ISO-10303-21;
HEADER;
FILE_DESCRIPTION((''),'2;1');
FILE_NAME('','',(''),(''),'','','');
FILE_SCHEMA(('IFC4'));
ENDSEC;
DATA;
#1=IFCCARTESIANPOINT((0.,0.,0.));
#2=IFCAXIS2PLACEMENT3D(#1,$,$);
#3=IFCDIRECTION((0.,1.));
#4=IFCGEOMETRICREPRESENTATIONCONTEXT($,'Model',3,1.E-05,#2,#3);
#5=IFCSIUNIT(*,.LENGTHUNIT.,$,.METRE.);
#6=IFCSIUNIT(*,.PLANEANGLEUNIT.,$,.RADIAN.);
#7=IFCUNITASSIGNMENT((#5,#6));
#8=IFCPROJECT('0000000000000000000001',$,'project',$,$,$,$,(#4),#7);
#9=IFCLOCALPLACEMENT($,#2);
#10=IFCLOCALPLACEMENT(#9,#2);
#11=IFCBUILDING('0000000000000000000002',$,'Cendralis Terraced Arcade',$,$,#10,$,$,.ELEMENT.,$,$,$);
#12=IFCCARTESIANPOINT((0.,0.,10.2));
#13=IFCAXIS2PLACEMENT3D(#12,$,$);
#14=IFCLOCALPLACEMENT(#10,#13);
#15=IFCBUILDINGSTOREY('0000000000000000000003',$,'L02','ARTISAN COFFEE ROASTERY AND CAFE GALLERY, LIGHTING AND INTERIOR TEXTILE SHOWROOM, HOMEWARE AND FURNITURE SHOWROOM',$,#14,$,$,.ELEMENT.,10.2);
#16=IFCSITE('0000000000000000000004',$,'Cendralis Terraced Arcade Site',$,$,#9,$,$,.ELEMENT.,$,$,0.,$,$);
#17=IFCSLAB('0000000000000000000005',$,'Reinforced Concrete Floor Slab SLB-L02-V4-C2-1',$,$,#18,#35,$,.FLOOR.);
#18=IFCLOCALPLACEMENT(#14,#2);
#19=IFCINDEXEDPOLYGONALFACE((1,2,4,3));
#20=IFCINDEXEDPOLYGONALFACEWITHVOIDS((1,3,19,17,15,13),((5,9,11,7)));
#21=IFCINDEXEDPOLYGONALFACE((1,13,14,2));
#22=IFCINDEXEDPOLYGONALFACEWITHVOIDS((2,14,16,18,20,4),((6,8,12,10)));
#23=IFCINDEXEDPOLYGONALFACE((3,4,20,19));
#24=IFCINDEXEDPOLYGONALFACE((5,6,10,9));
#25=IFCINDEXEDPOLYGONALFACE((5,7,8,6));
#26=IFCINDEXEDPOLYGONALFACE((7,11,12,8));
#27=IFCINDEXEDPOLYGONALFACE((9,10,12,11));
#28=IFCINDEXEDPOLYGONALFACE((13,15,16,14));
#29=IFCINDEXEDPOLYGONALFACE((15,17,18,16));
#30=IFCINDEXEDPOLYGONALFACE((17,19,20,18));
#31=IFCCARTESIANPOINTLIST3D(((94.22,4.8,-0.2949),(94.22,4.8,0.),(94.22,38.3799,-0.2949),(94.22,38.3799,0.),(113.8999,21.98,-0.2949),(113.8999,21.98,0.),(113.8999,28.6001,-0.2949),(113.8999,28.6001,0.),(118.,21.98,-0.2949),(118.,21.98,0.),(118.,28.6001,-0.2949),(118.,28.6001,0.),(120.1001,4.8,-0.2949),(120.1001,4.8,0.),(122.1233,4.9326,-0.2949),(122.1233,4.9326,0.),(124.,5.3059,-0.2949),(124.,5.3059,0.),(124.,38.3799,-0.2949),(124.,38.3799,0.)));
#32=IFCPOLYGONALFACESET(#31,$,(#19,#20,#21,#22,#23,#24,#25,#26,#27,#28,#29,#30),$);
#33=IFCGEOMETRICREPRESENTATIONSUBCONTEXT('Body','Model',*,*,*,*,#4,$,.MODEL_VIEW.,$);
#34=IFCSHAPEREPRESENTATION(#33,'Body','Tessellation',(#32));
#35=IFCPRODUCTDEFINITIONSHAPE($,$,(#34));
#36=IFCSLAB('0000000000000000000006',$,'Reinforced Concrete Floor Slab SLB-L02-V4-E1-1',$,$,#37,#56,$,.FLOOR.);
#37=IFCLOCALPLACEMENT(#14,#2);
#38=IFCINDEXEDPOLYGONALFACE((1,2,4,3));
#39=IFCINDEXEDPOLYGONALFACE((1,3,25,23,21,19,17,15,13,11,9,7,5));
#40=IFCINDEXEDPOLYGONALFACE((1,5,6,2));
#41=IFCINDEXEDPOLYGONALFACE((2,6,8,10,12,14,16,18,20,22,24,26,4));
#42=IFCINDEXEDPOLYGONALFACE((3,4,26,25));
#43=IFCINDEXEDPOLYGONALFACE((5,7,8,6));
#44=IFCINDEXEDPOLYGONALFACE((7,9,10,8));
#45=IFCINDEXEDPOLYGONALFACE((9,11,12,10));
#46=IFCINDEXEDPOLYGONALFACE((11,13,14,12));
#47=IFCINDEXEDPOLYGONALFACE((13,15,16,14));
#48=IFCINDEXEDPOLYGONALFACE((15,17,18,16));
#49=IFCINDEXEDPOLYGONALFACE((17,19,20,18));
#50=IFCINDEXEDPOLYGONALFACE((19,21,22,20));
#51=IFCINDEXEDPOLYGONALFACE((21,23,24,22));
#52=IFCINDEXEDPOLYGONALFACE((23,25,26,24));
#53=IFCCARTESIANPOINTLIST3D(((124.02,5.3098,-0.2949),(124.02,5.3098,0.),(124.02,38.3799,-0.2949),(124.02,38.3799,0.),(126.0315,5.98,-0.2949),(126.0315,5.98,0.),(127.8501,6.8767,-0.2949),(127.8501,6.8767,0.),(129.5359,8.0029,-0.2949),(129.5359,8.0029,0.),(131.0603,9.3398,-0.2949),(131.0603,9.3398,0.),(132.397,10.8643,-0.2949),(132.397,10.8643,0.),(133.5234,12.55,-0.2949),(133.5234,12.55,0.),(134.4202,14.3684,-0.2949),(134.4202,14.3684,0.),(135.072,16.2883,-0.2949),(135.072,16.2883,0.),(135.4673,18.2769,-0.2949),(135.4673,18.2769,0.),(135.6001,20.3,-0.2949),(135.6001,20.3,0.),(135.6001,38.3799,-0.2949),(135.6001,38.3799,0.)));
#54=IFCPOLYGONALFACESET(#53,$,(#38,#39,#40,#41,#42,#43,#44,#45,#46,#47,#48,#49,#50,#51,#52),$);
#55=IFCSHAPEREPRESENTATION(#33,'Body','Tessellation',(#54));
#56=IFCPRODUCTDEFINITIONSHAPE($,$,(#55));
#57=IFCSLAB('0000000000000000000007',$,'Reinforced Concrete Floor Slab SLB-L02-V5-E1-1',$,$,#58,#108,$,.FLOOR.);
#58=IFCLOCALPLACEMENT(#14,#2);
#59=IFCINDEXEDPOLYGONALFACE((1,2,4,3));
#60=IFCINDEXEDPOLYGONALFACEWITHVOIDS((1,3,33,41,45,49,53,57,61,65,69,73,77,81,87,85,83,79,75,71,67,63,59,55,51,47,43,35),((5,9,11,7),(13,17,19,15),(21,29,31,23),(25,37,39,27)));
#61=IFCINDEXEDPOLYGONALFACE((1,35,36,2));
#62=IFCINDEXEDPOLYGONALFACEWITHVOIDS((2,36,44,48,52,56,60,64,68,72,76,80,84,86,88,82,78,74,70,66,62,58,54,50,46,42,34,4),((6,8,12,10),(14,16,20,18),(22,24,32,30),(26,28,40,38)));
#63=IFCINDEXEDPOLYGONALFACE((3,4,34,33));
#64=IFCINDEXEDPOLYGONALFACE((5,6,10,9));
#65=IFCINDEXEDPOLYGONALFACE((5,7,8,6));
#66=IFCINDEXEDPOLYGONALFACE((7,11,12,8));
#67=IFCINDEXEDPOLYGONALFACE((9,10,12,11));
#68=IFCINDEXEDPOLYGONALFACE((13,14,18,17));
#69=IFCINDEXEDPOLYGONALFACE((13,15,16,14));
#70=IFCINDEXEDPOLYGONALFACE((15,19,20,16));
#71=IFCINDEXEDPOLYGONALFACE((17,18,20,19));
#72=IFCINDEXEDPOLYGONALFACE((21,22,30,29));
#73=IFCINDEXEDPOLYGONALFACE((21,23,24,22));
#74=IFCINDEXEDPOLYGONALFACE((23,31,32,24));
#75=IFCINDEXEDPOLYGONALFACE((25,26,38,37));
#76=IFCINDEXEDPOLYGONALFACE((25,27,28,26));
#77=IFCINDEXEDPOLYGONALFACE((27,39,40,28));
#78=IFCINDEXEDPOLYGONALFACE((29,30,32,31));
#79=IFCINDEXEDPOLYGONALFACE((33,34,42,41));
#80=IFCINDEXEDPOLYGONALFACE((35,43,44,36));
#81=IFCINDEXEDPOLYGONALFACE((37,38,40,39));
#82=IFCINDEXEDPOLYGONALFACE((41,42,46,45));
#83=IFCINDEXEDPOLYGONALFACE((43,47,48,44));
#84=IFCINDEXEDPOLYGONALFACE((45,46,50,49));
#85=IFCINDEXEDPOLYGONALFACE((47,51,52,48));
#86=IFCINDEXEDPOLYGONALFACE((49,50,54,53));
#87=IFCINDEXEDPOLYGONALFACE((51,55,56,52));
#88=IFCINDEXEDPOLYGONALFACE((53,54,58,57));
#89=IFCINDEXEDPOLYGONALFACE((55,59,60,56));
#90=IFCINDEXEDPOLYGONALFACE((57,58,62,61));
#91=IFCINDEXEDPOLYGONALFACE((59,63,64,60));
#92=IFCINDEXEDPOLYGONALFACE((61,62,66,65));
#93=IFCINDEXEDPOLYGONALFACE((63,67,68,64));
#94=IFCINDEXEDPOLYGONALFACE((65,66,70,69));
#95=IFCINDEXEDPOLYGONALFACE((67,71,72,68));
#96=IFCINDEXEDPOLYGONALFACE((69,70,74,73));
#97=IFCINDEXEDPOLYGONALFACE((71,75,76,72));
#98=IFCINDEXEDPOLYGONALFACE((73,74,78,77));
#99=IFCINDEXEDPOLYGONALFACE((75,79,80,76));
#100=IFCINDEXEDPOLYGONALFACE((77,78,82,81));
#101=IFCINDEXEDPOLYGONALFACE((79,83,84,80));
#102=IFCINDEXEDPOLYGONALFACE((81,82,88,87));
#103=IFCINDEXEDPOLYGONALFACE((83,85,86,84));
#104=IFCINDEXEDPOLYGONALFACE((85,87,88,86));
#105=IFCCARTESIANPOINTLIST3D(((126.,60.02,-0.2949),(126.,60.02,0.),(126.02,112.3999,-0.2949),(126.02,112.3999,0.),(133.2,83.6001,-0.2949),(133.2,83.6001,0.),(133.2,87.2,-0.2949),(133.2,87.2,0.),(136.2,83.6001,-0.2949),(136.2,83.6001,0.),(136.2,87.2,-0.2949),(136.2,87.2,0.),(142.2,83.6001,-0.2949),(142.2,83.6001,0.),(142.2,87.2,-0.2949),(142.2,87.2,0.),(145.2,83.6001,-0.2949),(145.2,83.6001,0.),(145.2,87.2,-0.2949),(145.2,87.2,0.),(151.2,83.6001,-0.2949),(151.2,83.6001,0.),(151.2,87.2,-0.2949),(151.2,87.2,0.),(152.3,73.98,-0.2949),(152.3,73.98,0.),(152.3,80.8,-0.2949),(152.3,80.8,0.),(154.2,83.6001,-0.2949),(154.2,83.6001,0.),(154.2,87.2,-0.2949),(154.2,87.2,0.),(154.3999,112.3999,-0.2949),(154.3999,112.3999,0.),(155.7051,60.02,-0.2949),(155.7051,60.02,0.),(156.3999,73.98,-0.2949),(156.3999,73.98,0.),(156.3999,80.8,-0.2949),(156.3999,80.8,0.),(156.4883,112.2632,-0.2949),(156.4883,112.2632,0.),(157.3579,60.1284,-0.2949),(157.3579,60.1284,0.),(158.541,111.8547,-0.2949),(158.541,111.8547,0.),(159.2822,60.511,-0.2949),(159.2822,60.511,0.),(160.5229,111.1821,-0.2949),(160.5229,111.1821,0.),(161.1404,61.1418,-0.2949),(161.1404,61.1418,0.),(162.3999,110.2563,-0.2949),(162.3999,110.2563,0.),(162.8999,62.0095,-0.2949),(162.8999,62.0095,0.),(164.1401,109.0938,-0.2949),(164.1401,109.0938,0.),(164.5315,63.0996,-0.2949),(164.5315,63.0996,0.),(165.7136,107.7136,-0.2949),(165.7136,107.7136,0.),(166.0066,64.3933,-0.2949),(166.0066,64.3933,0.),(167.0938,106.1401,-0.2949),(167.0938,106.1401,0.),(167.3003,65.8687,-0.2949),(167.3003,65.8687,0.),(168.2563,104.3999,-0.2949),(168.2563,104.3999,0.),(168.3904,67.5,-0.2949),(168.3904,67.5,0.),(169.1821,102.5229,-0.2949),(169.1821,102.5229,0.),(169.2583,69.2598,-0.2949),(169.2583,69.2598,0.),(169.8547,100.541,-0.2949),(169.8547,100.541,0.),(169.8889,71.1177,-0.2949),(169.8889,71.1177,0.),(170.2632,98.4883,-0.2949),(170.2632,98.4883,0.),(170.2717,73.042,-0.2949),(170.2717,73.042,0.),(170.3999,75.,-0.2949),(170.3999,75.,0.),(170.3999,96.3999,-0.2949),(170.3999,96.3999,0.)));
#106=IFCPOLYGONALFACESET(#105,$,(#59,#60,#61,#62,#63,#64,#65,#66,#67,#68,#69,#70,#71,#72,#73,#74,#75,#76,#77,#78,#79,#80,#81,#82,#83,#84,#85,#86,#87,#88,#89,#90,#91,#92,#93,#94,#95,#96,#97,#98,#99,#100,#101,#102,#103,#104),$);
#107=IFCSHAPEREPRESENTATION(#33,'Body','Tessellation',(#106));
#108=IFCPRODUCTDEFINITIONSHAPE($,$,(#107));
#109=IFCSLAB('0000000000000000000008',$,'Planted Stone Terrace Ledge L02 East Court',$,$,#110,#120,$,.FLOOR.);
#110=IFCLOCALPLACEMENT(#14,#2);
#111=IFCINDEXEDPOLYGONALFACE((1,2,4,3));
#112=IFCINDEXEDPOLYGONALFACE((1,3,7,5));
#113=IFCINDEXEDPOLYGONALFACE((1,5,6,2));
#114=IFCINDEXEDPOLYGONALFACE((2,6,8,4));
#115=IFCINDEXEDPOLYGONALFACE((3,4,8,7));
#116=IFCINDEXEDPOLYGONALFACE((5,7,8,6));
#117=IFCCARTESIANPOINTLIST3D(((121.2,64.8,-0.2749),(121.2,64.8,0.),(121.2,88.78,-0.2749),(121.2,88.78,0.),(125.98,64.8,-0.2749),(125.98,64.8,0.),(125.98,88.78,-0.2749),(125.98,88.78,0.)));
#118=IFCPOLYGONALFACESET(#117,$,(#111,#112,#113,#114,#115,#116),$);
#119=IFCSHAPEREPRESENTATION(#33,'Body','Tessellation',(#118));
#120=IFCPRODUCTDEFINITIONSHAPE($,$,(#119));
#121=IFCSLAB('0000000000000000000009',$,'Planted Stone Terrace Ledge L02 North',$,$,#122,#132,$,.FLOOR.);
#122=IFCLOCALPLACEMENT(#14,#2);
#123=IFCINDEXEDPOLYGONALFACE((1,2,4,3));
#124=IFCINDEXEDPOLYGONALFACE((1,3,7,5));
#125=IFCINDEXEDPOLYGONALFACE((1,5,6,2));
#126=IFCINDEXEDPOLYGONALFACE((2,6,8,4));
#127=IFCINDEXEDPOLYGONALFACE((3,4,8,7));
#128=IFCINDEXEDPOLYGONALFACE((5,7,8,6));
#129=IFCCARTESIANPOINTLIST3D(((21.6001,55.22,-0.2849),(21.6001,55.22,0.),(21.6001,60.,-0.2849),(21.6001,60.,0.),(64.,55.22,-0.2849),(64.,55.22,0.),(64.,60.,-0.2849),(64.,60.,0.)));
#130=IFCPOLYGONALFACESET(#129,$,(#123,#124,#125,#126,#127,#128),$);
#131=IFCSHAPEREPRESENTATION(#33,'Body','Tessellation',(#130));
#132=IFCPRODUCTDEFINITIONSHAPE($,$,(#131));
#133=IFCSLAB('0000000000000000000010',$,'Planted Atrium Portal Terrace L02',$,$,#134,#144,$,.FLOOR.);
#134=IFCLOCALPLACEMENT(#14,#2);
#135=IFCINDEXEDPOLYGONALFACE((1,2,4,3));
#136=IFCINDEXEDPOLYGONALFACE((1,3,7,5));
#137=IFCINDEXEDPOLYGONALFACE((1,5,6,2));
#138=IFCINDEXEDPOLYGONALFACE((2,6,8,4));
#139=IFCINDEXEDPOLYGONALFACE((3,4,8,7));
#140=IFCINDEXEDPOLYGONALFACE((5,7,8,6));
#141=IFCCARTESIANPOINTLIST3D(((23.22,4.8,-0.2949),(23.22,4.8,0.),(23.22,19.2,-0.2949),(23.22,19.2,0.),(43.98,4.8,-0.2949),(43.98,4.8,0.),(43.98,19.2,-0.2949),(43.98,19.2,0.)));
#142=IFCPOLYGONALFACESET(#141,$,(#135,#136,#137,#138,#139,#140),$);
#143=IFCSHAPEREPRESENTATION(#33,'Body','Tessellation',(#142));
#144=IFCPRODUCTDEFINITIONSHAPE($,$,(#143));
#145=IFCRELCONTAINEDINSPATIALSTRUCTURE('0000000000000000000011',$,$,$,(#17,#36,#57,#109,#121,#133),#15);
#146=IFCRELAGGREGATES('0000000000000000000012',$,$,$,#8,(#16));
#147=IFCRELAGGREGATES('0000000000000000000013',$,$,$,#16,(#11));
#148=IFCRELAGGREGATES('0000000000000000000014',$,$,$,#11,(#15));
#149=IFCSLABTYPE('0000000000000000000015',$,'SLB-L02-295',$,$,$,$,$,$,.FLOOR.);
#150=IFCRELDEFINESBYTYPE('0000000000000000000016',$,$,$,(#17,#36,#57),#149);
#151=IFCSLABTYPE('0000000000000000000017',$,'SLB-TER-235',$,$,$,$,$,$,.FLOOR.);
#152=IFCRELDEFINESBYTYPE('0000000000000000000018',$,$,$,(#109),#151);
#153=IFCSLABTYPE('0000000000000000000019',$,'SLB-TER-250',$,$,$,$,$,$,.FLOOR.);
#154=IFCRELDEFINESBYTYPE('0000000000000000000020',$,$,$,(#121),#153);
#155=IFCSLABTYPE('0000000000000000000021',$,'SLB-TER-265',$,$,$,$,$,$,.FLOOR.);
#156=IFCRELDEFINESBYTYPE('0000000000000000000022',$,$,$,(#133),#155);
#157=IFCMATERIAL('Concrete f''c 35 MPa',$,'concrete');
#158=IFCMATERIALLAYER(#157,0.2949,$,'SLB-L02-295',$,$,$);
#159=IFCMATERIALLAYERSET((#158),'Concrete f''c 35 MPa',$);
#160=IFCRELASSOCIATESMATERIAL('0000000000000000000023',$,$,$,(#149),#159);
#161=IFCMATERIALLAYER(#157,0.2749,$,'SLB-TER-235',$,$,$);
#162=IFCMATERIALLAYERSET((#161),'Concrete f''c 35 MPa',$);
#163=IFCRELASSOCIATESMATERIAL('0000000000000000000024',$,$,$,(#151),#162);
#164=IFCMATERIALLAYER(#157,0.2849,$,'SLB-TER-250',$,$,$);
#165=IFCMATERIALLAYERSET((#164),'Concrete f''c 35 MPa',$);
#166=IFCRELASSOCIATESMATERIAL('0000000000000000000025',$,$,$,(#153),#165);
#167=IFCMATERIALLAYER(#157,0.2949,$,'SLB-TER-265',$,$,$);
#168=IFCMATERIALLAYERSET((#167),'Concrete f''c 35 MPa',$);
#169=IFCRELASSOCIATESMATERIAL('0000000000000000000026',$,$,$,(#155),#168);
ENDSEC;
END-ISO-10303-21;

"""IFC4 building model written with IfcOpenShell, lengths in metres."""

from ifc_helpers import new_model, si_unit, direction, frame, origin, place, context, subcontext, project, spatial, polyline, outline, extrude, material, layer, layer_set, type_object, element, save


model = new_model("IFC4")

# Units and contexts
model_context = context("Model", 3, precision=1e-05, world=origin(), true_north=direction((0.0, 1.0)))
body_context = subcontext(model_context, "Body", "Model", "MODEL_VIEW")
ifc_project = project(units=[si_unit("LENGTHUNIT", "METRE"), si_unit("PLANEANGLEUNIT", "RADIAN")], contexts=[model_context])

# Site, building, storey
site_placement = place(None, origin())
site = spatial("IfcSite", under=ifc_project, at=site_placement, Name="Cendralis Terraced Arcade Site", CompositionType="ELEMENT", RefElevation=0.0)
building_placement = place(site_placement, origin())
building = spatial("IfcBuilding", under=site, at=building_placement, Name="Cendralis Terraced Arcade", CompositionType="ELEMENT")
storey_placement = place(building_placement, frame((0.0, 0.0, 10.2)))
storey = spatial("IfcBuildingStorey", under=building, at=storey_placement, Name="L02", Description="ARTISAN COFFEE ROASTERY AND CAFE GALLERY, LIGHTING AND INTERIOR TEXTILE SHOWROOM, HOMEWARE AND FURNITURE SHOWROOM", CompositionType="ELEMENT", Elevation=10.2)

# Slabs
ifc_material = material(Name="Concrete f'c 35 MPa", Category="concrete")
ifc_layer_1 = layer(ifc_material, 0.2949, Name="SLB-L02-295")
ifc_layer_set_1 = layer_set([ifc_layer_1], Name="Concrete f'c 35 MPa")
slab_type_1 = type_object("IfcSlabType", Name="SLB-L02-295", PredefinedType="FLOOR", material=ifc_layer_set_1)
slab_1_placement = place(storey_placement, frame((0.0, 0.0, -0.2949)))
element("IfcSlab", 1, at=slab_1_placement, inside=storey, type_object=slab_type_1, Name="Reinforced Concrete Floor Slab SLB-L02-V4-C2-1", PredefinedType="FLOOR", context=body_context, shape_type="SweptSolid", body=[
    extrude(outline(polyline([(122.1233, 4.9326), (120.1001, 4.8), (94.22, 4.8), (94.22, 38.3799), (124.0, 38.3799), (124.0, 5.3059), (122.1233, 4.9326)]), holes=[polyline([(118.0, 28.6001), (113.8999, 28.6001), (113.8999, 21.98), (118.0, 21.98), (118.0, 28.6001)])]), origin(), (0.0, 0.0, 1.0), 0.2949),
])
slab_2_placement = place(storey_placement, frame((0.0, 0.0, -0.2949)))
element("IfcSlab", 2, at=slab_2_placement, inside=storey, type_object=slab_type_1, Name="Reinforced Concrete Floor Slab SLB-L02-V4-E1-1", PredefinedType="FLOOR", context=body_context, shape_type="SweptSolid", body=[
    extrude(outline(polyline([(135.4673, 18.2769), (135.072, 16.2883), (134.4202, 14.3684), (133.5234, 12.55), (132.397, 10.8643), (131.0603, 9.3398), (129.5359, 8.0029), (127.8501, 6.8767), (126.0315, 5.98), (124.02, 5.3098), (124.02, 38.3799), (135.6001, 38.3799), (135.6001, 20.3), (135.4673, 18.2769)])), origin(), (0.0, 0.0, 1.0), 0.2949),
])
slab_3_placement = place(storey_placement, frame((0.0, 0.0, -0.2949)))
element("IfcSlab", 3, at=slab_3_placement, inside=storey, type_object=slab_type_1, Name="Reinforced Concrete Floor Slab SLB-L02-V5-E1-1", PredefinedType="FLOOR", context=body_context, shape_type="SweptSolid", body=[
    extrude(outline(polyline([(156.4883, 112.2632), (158.541, 111.8547), (160.5229, 111.1821), (162.3999, 110.2563), (164.1401, 109.0938), (165.7136, 107.7136), (167.0938, 106.1401), (168.2563, 104.3999), (169.1821, 102.5229), (169.8547, 100.541), (170.2632, 98.4883), (170.3999, 96.3999), (170.3999, 75.0), (170.2717, 73.042), (169.8889, 71.1177), (169.2583, 69.2598), (168.3904, 67.5), (167.3003, 65.8687), (166.0066, 64.3933), (164.5315, 63.0996), (162.8999, 62.0095), (161.1404, 61.1418), (159.2822, 60.511), (157.3579, 60.1284), (155.7051, 60.02), (126.0, 60.02), (126.02, 112.3999), (154.3999, 112.3999), (156.4883, 112.2632)]), holes=[polyline([(156.3999, 80.8), (152.3, 80.8), (152.3, 73.98), (156.3999, 73.98), (156.3999, 80.8)]), polyline([(136.2, 87.2), (133.2, 87.2), (133.2, 83.6001), (136.2, 83.6001), (136.2, 87.2)]), polyline([(145.2, 87.2), (142.2, 87.2), (142.2, 83.6001), (145.2, 83.6001), (145.2, 87.2)]), polyline([(154.2, 87.2), (151.2, 87.2), (151.2, 83.6001), (154.2, 83.6001), (154.2, 87.2)])]), origin(), (0.0, 0.0, 1.0), 0.2949),
])
ifc_layer_2 = layer(ifc_material, 0.2749, Name="SLB-TER-235")
ifc_layer_set_2 = layer_set([ifc_layer_2], Name="Concrete f'c 35 MPa")
slab_type_2 = type_object("IfcSlabType", Name="SLB-TER-235", PredefinedType="FLOOR", material=ifc_layer_set_2)
slab_4_placement = place(storey_placement, frame((0.0, 0.0, -0.2749)))
element("IfcSlab", 4, at=slab_4_placement, inside=storey, type_object=slab_type_2, Name="Planted Stone Terrace Ledge L02 East Court", PredefinedType="FLOOR", context=body_context, shape_type="SweptSolid", body=[
    extrude(outline(polyline([(121.2, 64.8), (121.2, 88.78), (125.98, 88.78), (125.98, 64.8), (121.2, 64.8)])), origin(), (0.0, 0.0, 1.0), 0.2749),
])
ifc_layer_3 = layer(ifc_material, 0.2849, Name="SLB-TER-250")
ifc_layer_set_3 = layer_set([ifc_layer_3], Name="Concrete f'c 35 MPa")
slab_type_3 = type_object("IfcSlabType", Name="SLB-TER-250", PredefinedType="FLOOR", material=ifc_layer_set_3)
slab_5_placement = place(storey_placement, frame((0.0, 0.0, -0.2849)))
element("IfcSlab", 5, at=slab_5_placement, inside=storey, type_object=slab_type_3, Name="Planted Stone Terrace Ledge L02 North", PredefinedType="FLOOR", context=body_context, shape_type="SweptSolid", body=[
    extrude(outline(polyline([(21.6001, 60.0), (64.0, 60.0), (64.0, 55.22), (21.6001, 55.22), (21.6001, 60.0)])), origin(), (0.0, 0.0, 1.0), 0.2849),
])
ifc_layer_4 = layer(ifc_material, 0.2949, Name="SLB-TER-265")
ifc_layer_set_4 = layer_set([ifc_layer_4], Name="Concrete f'c 35 MPa")
slab_type_4 = type_object("IfcSlabType", Name="SLB-TER-265", PredefinedType="FLOOR", material=ifc_layer_set_4)
slab_6_placement = place(storey_placement, frame((0.0, 0.0, -0.2949)))
element("IfcSlab", 6, at=slab_6_placement, inside=storey, type_object=slab_type_4, Name="Planted Atrium Portal Terrace L02", PredefinedType="FLOOR", context=body_context, shape_type="SweptSolid", body=[
    extrude(outline(polyline([(23.22, 4.8), (23.22, 19.2), (43.98, 19.2), (43.98, 4.8), (23.22, 4.8)])), origin(), (0.0, 0.0, 1.0), 0.2949),
])

save(model, "model.ifc")
